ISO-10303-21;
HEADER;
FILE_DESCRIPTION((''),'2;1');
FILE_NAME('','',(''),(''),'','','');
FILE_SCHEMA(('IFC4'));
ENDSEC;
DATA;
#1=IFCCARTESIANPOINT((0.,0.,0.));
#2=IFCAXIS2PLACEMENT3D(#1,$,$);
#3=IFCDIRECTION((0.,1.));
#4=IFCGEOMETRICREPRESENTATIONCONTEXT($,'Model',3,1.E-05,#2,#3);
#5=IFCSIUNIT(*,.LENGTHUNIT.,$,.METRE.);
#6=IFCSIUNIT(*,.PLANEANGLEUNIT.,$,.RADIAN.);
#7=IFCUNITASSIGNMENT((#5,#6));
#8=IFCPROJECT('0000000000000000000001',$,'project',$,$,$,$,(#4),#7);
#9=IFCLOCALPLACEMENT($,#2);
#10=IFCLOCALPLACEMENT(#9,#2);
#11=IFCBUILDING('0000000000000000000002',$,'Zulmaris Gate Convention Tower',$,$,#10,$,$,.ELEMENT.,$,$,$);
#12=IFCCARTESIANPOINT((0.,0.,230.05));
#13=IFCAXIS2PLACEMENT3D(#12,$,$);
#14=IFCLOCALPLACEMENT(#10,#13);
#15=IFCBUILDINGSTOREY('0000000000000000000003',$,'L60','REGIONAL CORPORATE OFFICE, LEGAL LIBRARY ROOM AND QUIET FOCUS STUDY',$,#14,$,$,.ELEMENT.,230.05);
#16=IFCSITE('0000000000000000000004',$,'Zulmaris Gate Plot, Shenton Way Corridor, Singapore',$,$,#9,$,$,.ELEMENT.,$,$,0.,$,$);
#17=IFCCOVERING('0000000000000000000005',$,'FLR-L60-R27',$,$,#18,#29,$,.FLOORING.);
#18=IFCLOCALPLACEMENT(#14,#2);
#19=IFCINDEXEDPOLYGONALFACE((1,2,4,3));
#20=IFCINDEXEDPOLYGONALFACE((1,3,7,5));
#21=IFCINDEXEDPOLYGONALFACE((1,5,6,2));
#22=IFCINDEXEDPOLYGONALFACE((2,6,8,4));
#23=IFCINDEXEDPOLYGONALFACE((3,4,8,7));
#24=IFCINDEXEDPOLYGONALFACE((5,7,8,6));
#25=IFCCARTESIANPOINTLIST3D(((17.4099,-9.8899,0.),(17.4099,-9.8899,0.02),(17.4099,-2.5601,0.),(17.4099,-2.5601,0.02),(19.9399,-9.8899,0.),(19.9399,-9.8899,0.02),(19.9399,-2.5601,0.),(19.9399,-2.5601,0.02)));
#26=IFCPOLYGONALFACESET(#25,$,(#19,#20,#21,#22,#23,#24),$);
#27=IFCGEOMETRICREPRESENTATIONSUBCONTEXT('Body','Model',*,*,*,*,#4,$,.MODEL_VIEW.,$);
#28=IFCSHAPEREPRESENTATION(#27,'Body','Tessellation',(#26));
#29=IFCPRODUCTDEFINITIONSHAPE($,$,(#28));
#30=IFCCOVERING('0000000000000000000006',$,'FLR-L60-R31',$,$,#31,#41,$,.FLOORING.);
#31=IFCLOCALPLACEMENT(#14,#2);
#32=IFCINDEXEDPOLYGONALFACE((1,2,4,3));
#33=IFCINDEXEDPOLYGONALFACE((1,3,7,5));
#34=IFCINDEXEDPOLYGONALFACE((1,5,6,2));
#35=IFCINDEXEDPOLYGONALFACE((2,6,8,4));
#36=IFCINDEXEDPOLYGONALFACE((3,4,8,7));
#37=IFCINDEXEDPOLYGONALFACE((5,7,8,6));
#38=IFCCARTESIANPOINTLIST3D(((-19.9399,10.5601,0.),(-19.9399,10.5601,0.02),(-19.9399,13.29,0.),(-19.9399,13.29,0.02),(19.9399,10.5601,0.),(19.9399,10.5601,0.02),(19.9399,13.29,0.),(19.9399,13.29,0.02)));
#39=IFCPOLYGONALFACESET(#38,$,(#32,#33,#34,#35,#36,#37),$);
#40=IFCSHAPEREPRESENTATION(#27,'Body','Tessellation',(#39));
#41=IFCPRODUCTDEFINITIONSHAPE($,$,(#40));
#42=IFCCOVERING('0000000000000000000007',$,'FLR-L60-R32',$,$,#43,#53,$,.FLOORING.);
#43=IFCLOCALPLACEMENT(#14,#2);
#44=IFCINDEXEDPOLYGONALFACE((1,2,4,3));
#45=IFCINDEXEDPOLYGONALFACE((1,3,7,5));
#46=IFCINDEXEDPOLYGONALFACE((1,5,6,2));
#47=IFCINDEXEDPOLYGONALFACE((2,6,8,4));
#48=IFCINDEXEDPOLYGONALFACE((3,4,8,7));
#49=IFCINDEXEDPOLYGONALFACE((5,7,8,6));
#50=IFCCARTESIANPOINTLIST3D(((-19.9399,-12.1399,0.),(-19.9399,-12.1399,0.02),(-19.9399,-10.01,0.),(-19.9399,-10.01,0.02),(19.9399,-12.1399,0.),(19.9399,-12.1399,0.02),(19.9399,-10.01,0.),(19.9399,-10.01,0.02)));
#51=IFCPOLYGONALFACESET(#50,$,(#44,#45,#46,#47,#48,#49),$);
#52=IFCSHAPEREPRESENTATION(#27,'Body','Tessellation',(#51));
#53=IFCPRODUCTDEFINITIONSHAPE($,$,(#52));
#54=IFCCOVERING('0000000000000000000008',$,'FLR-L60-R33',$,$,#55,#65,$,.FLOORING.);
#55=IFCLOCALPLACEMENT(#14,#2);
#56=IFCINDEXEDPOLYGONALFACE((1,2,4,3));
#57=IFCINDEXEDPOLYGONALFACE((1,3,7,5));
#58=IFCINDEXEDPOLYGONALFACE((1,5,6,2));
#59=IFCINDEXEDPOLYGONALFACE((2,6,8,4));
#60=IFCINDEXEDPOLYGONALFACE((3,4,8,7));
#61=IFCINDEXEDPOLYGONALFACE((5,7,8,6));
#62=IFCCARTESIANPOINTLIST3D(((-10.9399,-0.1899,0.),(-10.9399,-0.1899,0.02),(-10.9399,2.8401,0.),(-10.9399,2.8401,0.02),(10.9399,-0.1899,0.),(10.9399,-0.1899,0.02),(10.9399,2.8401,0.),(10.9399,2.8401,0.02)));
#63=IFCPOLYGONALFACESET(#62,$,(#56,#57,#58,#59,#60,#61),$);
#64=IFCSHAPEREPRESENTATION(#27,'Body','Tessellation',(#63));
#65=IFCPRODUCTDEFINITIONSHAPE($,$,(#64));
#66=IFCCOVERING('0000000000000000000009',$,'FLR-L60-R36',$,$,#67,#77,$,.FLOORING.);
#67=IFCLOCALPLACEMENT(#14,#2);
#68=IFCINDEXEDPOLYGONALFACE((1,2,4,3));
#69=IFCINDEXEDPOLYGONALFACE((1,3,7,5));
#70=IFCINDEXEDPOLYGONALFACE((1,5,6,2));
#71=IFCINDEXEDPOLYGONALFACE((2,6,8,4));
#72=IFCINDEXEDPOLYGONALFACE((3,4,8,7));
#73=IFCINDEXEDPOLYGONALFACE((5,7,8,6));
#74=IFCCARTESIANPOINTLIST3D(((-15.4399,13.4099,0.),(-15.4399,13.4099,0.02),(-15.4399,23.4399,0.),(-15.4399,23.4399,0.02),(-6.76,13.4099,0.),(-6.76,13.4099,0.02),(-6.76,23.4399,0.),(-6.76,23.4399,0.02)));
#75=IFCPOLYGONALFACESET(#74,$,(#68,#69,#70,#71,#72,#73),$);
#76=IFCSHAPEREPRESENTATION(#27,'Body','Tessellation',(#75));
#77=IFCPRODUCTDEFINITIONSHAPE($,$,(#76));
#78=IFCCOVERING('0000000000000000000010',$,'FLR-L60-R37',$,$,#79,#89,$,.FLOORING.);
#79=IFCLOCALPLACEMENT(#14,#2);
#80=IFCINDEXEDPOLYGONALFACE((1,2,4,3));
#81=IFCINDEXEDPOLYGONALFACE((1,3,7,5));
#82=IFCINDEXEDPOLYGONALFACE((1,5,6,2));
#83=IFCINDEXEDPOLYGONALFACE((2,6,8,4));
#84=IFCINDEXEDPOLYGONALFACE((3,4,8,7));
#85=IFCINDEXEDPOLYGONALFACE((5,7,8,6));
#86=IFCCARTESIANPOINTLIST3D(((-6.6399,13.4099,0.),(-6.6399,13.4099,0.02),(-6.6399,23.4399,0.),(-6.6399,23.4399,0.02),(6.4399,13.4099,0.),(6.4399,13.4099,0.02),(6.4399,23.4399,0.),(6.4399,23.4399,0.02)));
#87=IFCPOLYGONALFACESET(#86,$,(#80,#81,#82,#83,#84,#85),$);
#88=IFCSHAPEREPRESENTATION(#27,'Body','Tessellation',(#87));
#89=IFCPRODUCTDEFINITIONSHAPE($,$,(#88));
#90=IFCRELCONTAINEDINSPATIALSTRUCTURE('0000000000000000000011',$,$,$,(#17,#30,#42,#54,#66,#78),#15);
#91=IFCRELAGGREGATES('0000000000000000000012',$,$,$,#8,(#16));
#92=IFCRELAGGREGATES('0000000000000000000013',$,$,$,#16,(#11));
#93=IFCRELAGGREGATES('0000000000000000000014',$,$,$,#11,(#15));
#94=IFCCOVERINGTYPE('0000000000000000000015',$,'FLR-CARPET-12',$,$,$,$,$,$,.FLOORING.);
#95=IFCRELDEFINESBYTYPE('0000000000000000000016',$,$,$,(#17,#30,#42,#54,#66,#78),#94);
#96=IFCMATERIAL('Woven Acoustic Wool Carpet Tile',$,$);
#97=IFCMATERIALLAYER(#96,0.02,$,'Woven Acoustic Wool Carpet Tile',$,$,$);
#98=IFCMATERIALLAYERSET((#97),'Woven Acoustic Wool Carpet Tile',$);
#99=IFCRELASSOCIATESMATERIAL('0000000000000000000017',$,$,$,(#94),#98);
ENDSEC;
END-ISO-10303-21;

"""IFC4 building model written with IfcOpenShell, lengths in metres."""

from ifc_helpers import new_model, si_unit, direction, frame, origin, place, context, subcontext, project, spatial, polyline, outline, extrude, material, layer, layer_set, type_object, element, save


model = new_model("IFC4")

# Units and contexts
model_context = context("Model", 3, precision=1e-05, world=origin(), true_north=direction((0.0, 1.0)))
body_context = subcontext(model_context, "Body", "Model", "MODEL_VIEW")
ifc_project = project(units=[si_unit("LENGTHUNIT", "METRE"), si_unit("PLANEANGLEUNIT", "RADIAN")], contexts=[model_context])

# Site, building, storey
site_placement = place(None, origin())
site = spatial("IfcSite", under=ifc_project, at=site_placement, Name="Zulmaris Gate Plot, Shenton Way Corridor, Singapore", CompositionType="ELEMENT", RefElevation=0.0)
building_placement = place(site_placement, origin())
building = spatial("IfcBuilding", under=site, at=building_placement, Name="Zulmaris Gate Convention Tower", CompositionType="ELEMENT")
storey_placement = place(building_placement, frame((0.0, 0.0, 230.05)))
storey = spatial("IfcBuildingStorey", under=building, at=storey_placement, Name="L60", Description="REGIONAL CORPORATE OFFICE, LEGAL LIBRARY ROOM AND QUIET FOCUS STUDY", CompositionType="ELEMENT", Elevation=230.05)

# Coverings
ifc_material_1 = material(Name="Woven Acoustic Wool Carpet Tile")
ifc_layer_1 = layer(ifc_material_1, 0.02, Name="Woven Acoustic Wool Carpet Tile")
ifc_layer_set_1 = layer_set([ifc_layer_1], Name="Woven Acoustic Wool Carpet Tile")
covering_type_1 = type_object("IfcCoveringType", Name="FLR-CARPET-12", PredefinedType="FLOORING", material=ifc_layer_set_1)
covering_1_placement = place(storey_placement, origin())
element("IfcCovering", 1, at=covering_1_placement, inside=storey, type_object=covering_type_1, Name="FLR-L60-R27", PredefinedType="FLOORING", context=body_context, shape_type="SweptSolid", body=[
    extrude(outline(polyline([(17.4099, -9.8899), (19.9399, -9.8899), (19.9399, -2.5601), (17.4099, -2.5601), (17.4099, -9.8899)])), origin(), (0.0, 0.0, 1.0), 0.02),
])
covering_2_placement = place(storey_placement, origin())
element("IfcCovering", 2, at=covering_2_placement, inside=storey, type_object=covering_type_1, Name="FLR-L60-R31", PredefinedType="FLOORING", context=body_context, shape_type="SweptSolid", body=[
    extrude(outline(polyline([(-19.9399, 10.5601), (19.9399, 10.5601), (19.9399, 13.29), (-19.9399, 13.29), (-19.9399, 10.5601)])), origin(), (0.0, 0.0, 1.0), 0.02),
])
covering_3_placement = place(storey_placement, origin())
element("IfcCovering", 3, at=covering_3_placement, inside=storey, type_object=covering_type_1, Name="FLR-L60-R32", PredefinedType="FLOORING", context=body_context, shape_type="SweptSolid", body=[
    extrude(outline(polyline([(-19.9399, -12.1399), (19.9399, -12.1399), (19.9399, -10.01), (-19.9399, -10.01), (-19.9399, -12.1399)])), origin(), (0.0, 0.0, 1.0), 0.02),
])
covering_4_placement = place(storey_placement, origin())
element("IfcCovering", 4, at=covering_4_placement, inside=storey, type_object=covering_type_1, Name="FLR-L60-R33", PredefinedType="FLOORING", context=body_context, shape_type="SweptSolid", body=[
    extrude(outline(polyline([(-10.9399, -0.1899), (10.9399, -0.1899), (10.9399, 2.8401), (-10.9399, 2.8401), (-10.9399, -0.1899)])), origin(), (0.0, 0.0, 1.0), 0.02),
])
covering_5_placement = place(storey_placement, origin())
element("IfcCovering", 5, at=covering_5_placement, inside=storey, type_object=covering_type_1, Name="FLR-L60-R36", PredefinedType="FLOORING", context=body_context, shape_type="SweptSolid", body=[
    extrude(outline(polyline([(-15.4399, 13.4099), (-6.76, 13.4099), (-6.76, 23.4399), (-15.4399, 23.4399), (-15.4399, 13.4099)])), origin(), (0.0, 0.0, 1.0), 0.02),
])
covering_6_placement = place(storey_placement, origin())
element("IfcCovering", 6, at=covering_6_placement, inside=storey, type_object=covering_type_1, Name="FLR-L60-R37", PredefinedType="FLOORING", context=body_context, shape_type="SweptSolid", body=[
    extrude(outline(polyline([(-6.6399, 13.4099), (6.4399, 13.4099), (6.4399, 23.4399), (-6.6399, 23.4399), (-6.6399, 13.4099)])), origin(), (0.0, 0.0, 1.0), 0.02),
])

save(model, "model.ifc")
